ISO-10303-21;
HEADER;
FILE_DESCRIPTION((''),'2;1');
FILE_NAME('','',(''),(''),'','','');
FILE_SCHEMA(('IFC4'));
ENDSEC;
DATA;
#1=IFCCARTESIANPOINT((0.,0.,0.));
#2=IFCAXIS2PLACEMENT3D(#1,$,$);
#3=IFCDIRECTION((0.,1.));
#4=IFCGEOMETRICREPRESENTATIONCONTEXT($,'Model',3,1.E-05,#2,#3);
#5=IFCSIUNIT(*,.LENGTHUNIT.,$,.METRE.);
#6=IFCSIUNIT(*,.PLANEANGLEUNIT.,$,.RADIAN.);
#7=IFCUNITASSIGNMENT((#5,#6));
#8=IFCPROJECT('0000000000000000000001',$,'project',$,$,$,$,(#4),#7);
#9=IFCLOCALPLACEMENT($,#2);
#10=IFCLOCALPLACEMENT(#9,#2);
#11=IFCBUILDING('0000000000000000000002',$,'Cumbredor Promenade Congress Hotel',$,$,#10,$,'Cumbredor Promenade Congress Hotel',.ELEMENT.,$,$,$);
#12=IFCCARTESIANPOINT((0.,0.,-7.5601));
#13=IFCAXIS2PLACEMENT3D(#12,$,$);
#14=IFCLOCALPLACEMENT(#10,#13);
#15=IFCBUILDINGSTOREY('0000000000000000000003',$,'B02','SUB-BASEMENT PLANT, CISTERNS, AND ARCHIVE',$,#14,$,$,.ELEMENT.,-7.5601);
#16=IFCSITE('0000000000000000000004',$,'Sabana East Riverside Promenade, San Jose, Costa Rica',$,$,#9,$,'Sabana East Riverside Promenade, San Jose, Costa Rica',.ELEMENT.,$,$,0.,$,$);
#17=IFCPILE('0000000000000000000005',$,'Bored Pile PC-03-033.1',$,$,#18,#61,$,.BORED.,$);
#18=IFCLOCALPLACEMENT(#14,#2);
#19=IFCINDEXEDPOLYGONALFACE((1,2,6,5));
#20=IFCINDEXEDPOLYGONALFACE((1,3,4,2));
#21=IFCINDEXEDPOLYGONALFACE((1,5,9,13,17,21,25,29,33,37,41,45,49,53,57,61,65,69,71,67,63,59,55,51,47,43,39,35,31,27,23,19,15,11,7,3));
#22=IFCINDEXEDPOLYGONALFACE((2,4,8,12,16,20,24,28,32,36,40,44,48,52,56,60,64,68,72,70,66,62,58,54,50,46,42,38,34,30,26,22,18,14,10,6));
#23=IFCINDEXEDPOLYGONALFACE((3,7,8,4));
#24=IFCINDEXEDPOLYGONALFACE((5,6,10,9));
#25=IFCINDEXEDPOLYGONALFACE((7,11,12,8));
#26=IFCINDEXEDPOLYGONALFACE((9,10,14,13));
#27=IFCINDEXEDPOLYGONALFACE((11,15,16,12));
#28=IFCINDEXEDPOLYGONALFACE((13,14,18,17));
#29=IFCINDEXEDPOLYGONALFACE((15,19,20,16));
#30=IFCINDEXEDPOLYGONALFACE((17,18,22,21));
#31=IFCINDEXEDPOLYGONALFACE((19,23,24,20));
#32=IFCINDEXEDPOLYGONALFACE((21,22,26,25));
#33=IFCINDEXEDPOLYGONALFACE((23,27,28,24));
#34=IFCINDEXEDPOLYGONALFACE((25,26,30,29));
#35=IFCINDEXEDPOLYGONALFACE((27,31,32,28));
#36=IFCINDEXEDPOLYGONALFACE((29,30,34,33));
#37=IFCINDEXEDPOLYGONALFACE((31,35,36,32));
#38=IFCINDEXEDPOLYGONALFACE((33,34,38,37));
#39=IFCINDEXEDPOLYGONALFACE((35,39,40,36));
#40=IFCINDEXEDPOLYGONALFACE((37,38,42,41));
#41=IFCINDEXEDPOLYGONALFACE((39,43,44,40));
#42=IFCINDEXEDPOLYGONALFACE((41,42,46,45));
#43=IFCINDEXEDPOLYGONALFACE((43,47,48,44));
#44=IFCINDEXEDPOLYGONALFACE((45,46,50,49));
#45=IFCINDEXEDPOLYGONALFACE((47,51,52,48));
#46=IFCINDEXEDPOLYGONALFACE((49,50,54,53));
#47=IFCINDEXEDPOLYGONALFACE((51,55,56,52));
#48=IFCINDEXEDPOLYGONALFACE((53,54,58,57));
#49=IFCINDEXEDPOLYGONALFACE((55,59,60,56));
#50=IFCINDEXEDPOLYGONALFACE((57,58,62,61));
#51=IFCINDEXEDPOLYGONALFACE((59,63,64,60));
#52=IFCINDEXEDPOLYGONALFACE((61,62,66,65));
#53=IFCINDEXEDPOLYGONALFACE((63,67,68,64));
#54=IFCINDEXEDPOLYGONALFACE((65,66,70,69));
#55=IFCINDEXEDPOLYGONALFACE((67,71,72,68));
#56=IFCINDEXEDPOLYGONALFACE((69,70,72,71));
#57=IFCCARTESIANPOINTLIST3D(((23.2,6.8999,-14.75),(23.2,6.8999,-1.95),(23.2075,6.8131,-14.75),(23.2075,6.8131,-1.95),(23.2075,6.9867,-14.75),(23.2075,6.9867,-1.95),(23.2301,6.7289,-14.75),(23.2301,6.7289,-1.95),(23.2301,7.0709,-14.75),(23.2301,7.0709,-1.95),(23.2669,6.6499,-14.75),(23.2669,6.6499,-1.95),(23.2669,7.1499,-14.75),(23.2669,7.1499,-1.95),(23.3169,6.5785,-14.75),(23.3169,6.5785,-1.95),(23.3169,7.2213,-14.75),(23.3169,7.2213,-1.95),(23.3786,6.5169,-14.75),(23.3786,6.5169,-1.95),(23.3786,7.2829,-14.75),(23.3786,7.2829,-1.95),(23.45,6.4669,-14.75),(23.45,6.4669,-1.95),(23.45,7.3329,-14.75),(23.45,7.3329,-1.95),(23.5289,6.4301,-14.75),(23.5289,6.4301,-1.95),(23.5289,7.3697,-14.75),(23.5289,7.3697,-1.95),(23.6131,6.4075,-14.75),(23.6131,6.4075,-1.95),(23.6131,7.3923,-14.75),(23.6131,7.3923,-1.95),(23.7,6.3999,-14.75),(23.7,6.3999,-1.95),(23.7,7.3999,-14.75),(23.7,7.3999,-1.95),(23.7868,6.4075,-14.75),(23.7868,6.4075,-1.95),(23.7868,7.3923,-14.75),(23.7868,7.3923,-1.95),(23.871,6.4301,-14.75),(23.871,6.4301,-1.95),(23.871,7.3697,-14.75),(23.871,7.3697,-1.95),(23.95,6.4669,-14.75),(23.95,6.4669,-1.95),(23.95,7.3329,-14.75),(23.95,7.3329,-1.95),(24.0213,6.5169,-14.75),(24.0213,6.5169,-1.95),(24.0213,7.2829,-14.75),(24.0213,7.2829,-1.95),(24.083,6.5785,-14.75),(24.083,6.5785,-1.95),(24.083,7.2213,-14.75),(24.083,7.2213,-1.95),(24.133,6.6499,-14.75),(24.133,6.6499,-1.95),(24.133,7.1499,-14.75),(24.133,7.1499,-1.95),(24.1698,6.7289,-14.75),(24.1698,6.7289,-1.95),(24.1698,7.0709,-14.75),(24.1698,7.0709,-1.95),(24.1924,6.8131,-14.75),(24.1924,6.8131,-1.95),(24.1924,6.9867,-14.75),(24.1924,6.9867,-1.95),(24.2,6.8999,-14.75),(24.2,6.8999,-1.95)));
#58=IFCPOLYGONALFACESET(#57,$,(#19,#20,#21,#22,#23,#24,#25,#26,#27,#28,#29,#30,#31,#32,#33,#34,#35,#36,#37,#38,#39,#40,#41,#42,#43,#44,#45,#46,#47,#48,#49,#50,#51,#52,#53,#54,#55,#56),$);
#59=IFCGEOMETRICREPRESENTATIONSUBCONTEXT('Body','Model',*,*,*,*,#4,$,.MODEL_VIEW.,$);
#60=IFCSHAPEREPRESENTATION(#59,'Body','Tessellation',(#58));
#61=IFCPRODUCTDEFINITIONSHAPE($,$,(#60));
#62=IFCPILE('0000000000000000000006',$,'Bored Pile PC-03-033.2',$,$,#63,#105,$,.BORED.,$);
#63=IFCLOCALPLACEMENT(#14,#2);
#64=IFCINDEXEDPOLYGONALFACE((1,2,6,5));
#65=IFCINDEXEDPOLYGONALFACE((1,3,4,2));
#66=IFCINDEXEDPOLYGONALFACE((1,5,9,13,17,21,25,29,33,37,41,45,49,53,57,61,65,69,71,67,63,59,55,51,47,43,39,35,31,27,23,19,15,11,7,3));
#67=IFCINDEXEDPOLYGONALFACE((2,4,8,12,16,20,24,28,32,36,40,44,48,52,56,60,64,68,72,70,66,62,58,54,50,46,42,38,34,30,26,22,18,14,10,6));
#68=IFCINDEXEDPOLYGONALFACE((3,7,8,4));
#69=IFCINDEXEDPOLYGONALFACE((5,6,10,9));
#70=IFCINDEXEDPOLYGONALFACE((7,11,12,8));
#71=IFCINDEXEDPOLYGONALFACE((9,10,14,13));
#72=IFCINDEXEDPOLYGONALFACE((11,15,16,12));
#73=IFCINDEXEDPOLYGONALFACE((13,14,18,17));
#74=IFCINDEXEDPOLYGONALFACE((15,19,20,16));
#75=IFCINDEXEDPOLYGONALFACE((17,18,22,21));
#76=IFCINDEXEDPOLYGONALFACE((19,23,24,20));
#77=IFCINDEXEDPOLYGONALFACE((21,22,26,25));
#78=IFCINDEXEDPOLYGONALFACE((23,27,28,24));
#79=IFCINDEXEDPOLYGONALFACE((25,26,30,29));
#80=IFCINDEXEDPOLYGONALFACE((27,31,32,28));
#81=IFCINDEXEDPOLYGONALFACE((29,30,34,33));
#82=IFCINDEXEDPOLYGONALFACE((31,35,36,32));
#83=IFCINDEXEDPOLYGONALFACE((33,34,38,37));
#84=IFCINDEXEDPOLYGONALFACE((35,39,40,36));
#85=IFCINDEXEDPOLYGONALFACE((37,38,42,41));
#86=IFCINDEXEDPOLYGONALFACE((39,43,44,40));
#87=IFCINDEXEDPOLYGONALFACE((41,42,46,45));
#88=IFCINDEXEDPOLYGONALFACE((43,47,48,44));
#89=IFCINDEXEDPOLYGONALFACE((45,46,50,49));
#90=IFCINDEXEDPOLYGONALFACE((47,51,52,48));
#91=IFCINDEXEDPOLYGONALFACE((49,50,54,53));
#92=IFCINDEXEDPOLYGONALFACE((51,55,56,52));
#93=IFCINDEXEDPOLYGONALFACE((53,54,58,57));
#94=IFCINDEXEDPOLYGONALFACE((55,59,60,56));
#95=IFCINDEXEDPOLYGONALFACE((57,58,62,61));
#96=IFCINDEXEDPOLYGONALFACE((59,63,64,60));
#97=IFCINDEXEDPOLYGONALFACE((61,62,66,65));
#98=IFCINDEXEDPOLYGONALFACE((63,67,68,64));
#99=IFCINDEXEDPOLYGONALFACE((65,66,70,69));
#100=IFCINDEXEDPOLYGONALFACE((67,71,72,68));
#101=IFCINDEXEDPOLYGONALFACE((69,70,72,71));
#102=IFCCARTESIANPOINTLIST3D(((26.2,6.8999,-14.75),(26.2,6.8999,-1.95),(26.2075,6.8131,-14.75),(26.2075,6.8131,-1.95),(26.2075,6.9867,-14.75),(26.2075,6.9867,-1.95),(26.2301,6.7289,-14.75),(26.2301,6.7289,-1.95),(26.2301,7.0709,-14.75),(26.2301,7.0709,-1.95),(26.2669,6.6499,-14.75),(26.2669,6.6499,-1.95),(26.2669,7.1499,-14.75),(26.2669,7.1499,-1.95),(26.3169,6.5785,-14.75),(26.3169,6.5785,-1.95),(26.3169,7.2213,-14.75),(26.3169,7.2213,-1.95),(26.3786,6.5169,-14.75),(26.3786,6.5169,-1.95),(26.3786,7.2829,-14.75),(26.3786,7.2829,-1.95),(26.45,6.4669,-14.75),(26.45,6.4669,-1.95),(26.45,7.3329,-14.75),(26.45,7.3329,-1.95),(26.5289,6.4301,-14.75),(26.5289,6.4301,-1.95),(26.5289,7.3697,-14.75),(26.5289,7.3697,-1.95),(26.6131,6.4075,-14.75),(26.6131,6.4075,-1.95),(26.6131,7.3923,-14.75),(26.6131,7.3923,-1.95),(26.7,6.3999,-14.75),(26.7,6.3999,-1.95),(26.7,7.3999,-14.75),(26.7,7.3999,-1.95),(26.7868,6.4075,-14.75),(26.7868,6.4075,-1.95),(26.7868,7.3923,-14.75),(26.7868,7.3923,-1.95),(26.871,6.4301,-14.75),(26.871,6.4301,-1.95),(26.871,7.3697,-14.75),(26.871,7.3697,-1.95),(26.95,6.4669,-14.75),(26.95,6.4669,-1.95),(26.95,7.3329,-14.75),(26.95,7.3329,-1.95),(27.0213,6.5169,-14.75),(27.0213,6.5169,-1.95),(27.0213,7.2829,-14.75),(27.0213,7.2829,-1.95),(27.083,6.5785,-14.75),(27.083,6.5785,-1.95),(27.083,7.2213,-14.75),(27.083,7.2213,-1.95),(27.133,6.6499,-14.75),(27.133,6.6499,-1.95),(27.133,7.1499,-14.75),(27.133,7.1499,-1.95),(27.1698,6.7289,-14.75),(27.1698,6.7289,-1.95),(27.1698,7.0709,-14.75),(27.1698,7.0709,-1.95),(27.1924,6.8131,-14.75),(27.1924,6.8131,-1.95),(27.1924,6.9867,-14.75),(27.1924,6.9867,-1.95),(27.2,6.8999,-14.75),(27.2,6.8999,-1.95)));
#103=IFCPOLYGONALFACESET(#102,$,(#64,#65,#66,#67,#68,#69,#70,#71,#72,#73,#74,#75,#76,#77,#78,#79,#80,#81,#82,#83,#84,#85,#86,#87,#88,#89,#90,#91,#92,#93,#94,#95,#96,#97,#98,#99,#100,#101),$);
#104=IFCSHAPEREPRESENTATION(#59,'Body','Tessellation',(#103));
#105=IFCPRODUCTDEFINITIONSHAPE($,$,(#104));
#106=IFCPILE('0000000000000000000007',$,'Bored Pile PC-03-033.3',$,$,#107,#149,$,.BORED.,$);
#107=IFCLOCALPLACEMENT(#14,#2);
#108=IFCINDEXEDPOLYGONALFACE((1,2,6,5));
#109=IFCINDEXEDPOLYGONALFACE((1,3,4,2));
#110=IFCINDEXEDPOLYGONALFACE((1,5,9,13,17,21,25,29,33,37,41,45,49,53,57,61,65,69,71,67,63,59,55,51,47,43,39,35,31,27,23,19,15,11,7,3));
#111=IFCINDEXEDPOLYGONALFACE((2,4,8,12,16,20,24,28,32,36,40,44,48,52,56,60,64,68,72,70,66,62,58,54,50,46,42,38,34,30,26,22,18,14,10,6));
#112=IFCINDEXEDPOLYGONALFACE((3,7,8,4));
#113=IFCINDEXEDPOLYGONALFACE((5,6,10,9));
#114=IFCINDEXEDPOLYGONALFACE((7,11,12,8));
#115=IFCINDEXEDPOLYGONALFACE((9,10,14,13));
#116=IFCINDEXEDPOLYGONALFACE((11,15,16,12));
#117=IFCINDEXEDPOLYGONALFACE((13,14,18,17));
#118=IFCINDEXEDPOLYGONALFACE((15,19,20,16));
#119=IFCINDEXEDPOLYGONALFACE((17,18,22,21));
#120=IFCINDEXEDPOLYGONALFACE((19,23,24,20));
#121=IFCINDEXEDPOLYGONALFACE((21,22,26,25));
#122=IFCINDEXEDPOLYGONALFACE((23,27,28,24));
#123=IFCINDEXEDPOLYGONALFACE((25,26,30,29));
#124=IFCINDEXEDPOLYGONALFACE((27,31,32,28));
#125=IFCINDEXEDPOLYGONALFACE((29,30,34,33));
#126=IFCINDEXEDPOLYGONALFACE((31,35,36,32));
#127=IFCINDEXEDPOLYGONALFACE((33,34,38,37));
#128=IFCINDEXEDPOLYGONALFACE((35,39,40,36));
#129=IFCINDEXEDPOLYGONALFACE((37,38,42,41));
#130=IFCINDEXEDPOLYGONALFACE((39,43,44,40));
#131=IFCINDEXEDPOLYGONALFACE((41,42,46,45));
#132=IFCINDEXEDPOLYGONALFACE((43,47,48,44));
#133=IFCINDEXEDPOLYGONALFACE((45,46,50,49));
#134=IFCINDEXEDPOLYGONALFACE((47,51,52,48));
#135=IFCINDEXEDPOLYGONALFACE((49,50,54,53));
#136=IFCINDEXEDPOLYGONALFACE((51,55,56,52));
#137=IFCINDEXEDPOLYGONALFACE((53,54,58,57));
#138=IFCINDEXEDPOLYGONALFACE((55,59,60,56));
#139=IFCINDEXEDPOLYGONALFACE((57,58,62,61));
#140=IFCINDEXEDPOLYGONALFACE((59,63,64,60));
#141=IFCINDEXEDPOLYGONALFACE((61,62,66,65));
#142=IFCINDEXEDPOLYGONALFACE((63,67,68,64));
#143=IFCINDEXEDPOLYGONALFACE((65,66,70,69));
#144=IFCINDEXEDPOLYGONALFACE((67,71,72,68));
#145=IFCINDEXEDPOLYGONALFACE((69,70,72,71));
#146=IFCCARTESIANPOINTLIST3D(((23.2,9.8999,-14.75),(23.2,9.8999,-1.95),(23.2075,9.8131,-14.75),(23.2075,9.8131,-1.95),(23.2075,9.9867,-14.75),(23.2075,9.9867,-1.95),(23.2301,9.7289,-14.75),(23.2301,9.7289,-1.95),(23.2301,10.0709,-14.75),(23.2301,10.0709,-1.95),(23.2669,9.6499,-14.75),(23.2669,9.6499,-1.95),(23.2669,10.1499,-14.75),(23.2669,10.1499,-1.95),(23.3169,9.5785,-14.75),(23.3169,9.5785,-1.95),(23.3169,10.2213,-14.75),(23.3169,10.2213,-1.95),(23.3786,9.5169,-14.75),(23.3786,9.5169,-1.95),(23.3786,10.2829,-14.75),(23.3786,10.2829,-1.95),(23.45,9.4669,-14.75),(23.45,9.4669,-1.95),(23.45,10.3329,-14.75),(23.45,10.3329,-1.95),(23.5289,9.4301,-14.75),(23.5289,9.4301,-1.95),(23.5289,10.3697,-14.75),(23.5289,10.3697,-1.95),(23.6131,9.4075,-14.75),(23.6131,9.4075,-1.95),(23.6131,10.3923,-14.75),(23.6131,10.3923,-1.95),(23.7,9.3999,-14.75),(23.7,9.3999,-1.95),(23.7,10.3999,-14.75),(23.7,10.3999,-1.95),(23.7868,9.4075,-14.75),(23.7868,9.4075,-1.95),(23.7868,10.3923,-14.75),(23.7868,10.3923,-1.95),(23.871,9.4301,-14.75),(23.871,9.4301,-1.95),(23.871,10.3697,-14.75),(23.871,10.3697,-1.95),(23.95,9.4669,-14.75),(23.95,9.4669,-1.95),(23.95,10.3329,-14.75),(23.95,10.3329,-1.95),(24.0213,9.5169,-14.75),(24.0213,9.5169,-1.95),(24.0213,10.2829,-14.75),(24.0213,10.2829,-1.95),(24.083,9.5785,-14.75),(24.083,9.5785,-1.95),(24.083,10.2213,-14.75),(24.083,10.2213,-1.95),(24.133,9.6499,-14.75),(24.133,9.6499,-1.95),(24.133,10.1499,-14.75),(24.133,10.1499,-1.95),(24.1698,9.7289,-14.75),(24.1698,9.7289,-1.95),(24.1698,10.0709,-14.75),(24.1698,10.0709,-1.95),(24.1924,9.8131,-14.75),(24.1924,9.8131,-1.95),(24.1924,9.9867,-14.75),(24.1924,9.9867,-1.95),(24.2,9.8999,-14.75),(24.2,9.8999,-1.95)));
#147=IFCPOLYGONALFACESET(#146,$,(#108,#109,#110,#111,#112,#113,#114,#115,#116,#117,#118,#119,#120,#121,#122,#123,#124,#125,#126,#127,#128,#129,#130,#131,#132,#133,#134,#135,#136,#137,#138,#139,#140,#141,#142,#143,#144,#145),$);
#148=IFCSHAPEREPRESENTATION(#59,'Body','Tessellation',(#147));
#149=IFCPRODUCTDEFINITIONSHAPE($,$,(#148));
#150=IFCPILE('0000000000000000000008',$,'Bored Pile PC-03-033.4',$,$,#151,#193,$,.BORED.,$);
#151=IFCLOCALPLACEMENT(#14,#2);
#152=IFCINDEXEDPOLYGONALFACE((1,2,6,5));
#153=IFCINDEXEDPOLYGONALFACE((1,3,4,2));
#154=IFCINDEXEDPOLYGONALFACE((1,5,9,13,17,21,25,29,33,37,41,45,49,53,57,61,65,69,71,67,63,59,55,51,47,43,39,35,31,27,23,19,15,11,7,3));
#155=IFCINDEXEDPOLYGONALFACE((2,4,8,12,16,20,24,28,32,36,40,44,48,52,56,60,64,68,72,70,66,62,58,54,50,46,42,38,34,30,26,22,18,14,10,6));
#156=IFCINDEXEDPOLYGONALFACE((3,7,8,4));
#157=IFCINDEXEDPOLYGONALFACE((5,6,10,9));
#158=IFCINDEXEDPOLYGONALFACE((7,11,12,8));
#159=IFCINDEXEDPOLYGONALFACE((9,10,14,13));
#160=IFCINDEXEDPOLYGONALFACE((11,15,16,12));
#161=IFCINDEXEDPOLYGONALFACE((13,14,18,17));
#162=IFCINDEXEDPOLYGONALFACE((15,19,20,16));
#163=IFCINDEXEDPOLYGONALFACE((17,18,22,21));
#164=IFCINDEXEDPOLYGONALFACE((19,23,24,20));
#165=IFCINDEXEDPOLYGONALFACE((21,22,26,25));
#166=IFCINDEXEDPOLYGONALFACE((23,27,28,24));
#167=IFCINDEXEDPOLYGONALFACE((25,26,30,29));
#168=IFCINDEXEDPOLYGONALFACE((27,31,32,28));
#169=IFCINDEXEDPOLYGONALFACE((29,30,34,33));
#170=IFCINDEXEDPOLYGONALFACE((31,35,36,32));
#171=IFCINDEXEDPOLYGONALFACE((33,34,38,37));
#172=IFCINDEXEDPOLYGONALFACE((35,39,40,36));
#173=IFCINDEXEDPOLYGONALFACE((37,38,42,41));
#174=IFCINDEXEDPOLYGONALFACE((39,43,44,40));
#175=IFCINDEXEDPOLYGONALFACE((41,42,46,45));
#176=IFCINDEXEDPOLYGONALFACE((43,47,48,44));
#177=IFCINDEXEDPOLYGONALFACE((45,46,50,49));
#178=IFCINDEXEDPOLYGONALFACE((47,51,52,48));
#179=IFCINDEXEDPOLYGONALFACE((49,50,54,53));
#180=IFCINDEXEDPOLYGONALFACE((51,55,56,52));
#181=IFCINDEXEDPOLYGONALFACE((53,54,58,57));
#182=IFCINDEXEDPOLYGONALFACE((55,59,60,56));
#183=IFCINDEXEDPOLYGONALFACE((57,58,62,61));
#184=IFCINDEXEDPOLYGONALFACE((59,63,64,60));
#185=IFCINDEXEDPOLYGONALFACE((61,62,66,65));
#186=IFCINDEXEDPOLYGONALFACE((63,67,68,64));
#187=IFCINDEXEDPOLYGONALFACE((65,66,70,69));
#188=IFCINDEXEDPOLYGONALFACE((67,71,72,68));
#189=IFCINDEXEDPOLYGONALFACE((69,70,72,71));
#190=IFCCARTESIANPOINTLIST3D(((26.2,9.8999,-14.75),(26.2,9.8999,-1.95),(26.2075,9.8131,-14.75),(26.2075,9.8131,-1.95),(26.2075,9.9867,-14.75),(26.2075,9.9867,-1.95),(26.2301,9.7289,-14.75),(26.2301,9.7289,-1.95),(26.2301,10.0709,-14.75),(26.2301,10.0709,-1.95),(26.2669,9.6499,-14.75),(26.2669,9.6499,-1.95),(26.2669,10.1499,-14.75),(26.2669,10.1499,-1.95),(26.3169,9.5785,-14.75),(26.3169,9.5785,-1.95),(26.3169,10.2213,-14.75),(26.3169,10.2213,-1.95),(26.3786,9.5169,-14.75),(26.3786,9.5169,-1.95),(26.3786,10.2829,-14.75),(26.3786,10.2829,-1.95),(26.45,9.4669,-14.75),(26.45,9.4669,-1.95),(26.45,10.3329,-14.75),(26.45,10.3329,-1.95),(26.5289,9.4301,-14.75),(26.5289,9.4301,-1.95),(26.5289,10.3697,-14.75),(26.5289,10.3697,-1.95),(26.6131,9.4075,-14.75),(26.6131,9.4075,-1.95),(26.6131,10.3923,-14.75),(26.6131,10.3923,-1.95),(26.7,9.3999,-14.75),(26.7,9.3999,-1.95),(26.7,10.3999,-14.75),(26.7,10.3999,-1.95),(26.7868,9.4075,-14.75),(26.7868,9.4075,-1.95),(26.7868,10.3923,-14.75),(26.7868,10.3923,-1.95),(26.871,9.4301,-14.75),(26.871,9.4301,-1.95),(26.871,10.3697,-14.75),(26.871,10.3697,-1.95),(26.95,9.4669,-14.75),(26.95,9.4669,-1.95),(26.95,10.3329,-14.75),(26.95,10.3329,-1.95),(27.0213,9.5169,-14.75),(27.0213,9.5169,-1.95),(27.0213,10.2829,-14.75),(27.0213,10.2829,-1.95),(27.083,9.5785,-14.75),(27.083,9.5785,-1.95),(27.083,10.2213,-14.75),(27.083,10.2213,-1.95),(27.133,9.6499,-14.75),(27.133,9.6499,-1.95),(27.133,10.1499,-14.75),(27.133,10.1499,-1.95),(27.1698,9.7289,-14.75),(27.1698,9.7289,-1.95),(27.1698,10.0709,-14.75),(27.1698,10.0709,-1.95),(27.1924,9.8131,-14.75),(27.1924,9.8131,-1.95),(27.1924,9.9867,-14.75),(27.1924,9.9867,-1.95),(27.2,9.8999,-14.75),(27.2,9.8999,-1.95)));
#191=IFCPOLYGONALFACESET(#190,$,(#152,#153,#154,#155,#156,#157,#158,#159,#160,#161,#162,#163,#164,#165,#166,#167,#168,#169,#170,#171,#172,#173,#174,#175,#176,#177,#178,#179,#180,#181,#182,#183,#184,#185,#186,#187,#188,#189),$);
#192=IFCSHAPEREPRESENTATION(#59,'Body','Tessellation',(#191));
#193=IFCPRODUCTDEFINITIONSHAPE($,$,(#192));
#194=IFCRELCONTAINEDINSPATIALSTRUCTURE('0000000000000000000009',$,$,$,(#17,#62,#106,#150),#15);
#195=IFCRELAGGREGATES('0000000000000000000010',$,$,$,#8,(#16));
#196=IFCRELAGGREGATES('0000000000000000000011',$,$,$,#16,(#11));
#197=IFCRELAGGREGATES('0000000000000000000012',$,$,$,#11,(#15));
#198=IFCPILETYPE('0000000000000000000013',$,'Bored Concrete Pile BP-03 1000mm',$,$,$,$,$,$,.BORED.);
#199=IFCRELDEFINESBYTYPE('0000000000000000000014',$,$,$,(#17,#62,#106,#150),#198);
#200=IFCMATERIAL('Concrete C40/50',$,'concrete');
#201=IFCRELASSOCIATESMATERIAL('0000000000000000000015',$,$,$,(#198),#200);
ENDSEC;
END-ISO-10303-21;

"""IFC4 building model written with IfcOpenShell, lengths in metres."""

from ifc_helpers import new_model, si_unit, direction, frame, origin, origin_2d, place, context, subcontext, project, spatial, circle, extrude, material, material_profile, profile_set, type_object, element, save


model = new_model("IFC4")

# Units and contexts
model_context = context("Model", 3, precision=1e-05, world=origin(), true_north=direction((0.0, 1.0)))
body_context = subcontext(model_context, "Body", "Model", "MODEL_VIEW")
ifc_project = project(units=[si_unit("LENGTHUNIT", "METRE"), si_unit("PLANEANGLEUNIT", "RADIAN")], contexts=[model_context])

# Site, building, storey
site_placement = place(None, origin())
site = spatial("IfcSite", under=ifc_project, at=site_placement, Name="Sabana East Riverside Promenade, San Jose, Costa Rica", LongName="Sabana East Riverside Promenade, San Jose, Costa Rica", CompositionType="ELEMENT", RefElevation=0.0)
building_placement = place(site_placement, origin())
building = spatial("IfcBuilding", under=site, at=building_placement, Name="Cumbredor Promenade Congress Hotel", LongName="Cumbredor Promenade Congress Hotel", CompositionType="ELEMENT")
storey_placement = place(building_placement, frame((0.0, 0.0, -7.5601)))
storey = spatial("IfcBuildingStorey", under=building, at=storey_placement, Name="B02", Description="SUB-BASEMENT PLANT, CISTERNS, AND ARCHIVE", CompositionType="ELEMENT", Elevation=-7.5601)

# Piles
ifc_material_1 = material(Name="Concrete C40/50", Category="concrete")
ifc_material_profile_1 = material_profile(ifc_material_1, circle(Radius=0.5, at=origin_2d()), Name="PILE D1000")
ifc_profile_set_1 = profile_set([ifc_material_profile_1], Name="Concrete C40/50")
pile_type = type_object("IfcPileType", Name="Bored Concrete Pile BP-03 1000mm", PredefinedType="BORED", material=ifc_profile_set_1)
for number, where, z_axis, x_axis, name in (
    (1, (23.7, 6.8999, -1.95), (0.0, 0.0, -1.0), (1.0, 0.0, 0.0), "Bored Pile PC-03-033.1"),
    (2, (26.7, 6.8999, -1.95), (0.0, 0.0, -1.0), (1.0, 0.0, 0.0), "Bored Pile PC-03-033.2"),
    (3, (23.7, 9.8999, -1.95), (0.0, 0.0, -1.0), (1.0, 0.0, 0.0), "Bored Pile PC-03-033.3"),
    (4, (26.7, 9.8999, -1.95), (0.0, 0.0, -1.0), (1.0, 0.0, 0.0), "Bored Pile PC-03-033.4"),
):
    element("IfcPile", number, at=place(storey_placement, frame(where, z_axis=z_axis, x_axis=x_axis)), inside=storey, type_object=pile_type, Name=name, PredefinedType="BORED", context=body_context, shape_type="SweptSolid", body=[
        extrude(circle(Radius=0.5, at=origin_2d()), origin(), (0.0, 0.0, 1.0), 12.8),
    ])

save(model, "model.ifc")
